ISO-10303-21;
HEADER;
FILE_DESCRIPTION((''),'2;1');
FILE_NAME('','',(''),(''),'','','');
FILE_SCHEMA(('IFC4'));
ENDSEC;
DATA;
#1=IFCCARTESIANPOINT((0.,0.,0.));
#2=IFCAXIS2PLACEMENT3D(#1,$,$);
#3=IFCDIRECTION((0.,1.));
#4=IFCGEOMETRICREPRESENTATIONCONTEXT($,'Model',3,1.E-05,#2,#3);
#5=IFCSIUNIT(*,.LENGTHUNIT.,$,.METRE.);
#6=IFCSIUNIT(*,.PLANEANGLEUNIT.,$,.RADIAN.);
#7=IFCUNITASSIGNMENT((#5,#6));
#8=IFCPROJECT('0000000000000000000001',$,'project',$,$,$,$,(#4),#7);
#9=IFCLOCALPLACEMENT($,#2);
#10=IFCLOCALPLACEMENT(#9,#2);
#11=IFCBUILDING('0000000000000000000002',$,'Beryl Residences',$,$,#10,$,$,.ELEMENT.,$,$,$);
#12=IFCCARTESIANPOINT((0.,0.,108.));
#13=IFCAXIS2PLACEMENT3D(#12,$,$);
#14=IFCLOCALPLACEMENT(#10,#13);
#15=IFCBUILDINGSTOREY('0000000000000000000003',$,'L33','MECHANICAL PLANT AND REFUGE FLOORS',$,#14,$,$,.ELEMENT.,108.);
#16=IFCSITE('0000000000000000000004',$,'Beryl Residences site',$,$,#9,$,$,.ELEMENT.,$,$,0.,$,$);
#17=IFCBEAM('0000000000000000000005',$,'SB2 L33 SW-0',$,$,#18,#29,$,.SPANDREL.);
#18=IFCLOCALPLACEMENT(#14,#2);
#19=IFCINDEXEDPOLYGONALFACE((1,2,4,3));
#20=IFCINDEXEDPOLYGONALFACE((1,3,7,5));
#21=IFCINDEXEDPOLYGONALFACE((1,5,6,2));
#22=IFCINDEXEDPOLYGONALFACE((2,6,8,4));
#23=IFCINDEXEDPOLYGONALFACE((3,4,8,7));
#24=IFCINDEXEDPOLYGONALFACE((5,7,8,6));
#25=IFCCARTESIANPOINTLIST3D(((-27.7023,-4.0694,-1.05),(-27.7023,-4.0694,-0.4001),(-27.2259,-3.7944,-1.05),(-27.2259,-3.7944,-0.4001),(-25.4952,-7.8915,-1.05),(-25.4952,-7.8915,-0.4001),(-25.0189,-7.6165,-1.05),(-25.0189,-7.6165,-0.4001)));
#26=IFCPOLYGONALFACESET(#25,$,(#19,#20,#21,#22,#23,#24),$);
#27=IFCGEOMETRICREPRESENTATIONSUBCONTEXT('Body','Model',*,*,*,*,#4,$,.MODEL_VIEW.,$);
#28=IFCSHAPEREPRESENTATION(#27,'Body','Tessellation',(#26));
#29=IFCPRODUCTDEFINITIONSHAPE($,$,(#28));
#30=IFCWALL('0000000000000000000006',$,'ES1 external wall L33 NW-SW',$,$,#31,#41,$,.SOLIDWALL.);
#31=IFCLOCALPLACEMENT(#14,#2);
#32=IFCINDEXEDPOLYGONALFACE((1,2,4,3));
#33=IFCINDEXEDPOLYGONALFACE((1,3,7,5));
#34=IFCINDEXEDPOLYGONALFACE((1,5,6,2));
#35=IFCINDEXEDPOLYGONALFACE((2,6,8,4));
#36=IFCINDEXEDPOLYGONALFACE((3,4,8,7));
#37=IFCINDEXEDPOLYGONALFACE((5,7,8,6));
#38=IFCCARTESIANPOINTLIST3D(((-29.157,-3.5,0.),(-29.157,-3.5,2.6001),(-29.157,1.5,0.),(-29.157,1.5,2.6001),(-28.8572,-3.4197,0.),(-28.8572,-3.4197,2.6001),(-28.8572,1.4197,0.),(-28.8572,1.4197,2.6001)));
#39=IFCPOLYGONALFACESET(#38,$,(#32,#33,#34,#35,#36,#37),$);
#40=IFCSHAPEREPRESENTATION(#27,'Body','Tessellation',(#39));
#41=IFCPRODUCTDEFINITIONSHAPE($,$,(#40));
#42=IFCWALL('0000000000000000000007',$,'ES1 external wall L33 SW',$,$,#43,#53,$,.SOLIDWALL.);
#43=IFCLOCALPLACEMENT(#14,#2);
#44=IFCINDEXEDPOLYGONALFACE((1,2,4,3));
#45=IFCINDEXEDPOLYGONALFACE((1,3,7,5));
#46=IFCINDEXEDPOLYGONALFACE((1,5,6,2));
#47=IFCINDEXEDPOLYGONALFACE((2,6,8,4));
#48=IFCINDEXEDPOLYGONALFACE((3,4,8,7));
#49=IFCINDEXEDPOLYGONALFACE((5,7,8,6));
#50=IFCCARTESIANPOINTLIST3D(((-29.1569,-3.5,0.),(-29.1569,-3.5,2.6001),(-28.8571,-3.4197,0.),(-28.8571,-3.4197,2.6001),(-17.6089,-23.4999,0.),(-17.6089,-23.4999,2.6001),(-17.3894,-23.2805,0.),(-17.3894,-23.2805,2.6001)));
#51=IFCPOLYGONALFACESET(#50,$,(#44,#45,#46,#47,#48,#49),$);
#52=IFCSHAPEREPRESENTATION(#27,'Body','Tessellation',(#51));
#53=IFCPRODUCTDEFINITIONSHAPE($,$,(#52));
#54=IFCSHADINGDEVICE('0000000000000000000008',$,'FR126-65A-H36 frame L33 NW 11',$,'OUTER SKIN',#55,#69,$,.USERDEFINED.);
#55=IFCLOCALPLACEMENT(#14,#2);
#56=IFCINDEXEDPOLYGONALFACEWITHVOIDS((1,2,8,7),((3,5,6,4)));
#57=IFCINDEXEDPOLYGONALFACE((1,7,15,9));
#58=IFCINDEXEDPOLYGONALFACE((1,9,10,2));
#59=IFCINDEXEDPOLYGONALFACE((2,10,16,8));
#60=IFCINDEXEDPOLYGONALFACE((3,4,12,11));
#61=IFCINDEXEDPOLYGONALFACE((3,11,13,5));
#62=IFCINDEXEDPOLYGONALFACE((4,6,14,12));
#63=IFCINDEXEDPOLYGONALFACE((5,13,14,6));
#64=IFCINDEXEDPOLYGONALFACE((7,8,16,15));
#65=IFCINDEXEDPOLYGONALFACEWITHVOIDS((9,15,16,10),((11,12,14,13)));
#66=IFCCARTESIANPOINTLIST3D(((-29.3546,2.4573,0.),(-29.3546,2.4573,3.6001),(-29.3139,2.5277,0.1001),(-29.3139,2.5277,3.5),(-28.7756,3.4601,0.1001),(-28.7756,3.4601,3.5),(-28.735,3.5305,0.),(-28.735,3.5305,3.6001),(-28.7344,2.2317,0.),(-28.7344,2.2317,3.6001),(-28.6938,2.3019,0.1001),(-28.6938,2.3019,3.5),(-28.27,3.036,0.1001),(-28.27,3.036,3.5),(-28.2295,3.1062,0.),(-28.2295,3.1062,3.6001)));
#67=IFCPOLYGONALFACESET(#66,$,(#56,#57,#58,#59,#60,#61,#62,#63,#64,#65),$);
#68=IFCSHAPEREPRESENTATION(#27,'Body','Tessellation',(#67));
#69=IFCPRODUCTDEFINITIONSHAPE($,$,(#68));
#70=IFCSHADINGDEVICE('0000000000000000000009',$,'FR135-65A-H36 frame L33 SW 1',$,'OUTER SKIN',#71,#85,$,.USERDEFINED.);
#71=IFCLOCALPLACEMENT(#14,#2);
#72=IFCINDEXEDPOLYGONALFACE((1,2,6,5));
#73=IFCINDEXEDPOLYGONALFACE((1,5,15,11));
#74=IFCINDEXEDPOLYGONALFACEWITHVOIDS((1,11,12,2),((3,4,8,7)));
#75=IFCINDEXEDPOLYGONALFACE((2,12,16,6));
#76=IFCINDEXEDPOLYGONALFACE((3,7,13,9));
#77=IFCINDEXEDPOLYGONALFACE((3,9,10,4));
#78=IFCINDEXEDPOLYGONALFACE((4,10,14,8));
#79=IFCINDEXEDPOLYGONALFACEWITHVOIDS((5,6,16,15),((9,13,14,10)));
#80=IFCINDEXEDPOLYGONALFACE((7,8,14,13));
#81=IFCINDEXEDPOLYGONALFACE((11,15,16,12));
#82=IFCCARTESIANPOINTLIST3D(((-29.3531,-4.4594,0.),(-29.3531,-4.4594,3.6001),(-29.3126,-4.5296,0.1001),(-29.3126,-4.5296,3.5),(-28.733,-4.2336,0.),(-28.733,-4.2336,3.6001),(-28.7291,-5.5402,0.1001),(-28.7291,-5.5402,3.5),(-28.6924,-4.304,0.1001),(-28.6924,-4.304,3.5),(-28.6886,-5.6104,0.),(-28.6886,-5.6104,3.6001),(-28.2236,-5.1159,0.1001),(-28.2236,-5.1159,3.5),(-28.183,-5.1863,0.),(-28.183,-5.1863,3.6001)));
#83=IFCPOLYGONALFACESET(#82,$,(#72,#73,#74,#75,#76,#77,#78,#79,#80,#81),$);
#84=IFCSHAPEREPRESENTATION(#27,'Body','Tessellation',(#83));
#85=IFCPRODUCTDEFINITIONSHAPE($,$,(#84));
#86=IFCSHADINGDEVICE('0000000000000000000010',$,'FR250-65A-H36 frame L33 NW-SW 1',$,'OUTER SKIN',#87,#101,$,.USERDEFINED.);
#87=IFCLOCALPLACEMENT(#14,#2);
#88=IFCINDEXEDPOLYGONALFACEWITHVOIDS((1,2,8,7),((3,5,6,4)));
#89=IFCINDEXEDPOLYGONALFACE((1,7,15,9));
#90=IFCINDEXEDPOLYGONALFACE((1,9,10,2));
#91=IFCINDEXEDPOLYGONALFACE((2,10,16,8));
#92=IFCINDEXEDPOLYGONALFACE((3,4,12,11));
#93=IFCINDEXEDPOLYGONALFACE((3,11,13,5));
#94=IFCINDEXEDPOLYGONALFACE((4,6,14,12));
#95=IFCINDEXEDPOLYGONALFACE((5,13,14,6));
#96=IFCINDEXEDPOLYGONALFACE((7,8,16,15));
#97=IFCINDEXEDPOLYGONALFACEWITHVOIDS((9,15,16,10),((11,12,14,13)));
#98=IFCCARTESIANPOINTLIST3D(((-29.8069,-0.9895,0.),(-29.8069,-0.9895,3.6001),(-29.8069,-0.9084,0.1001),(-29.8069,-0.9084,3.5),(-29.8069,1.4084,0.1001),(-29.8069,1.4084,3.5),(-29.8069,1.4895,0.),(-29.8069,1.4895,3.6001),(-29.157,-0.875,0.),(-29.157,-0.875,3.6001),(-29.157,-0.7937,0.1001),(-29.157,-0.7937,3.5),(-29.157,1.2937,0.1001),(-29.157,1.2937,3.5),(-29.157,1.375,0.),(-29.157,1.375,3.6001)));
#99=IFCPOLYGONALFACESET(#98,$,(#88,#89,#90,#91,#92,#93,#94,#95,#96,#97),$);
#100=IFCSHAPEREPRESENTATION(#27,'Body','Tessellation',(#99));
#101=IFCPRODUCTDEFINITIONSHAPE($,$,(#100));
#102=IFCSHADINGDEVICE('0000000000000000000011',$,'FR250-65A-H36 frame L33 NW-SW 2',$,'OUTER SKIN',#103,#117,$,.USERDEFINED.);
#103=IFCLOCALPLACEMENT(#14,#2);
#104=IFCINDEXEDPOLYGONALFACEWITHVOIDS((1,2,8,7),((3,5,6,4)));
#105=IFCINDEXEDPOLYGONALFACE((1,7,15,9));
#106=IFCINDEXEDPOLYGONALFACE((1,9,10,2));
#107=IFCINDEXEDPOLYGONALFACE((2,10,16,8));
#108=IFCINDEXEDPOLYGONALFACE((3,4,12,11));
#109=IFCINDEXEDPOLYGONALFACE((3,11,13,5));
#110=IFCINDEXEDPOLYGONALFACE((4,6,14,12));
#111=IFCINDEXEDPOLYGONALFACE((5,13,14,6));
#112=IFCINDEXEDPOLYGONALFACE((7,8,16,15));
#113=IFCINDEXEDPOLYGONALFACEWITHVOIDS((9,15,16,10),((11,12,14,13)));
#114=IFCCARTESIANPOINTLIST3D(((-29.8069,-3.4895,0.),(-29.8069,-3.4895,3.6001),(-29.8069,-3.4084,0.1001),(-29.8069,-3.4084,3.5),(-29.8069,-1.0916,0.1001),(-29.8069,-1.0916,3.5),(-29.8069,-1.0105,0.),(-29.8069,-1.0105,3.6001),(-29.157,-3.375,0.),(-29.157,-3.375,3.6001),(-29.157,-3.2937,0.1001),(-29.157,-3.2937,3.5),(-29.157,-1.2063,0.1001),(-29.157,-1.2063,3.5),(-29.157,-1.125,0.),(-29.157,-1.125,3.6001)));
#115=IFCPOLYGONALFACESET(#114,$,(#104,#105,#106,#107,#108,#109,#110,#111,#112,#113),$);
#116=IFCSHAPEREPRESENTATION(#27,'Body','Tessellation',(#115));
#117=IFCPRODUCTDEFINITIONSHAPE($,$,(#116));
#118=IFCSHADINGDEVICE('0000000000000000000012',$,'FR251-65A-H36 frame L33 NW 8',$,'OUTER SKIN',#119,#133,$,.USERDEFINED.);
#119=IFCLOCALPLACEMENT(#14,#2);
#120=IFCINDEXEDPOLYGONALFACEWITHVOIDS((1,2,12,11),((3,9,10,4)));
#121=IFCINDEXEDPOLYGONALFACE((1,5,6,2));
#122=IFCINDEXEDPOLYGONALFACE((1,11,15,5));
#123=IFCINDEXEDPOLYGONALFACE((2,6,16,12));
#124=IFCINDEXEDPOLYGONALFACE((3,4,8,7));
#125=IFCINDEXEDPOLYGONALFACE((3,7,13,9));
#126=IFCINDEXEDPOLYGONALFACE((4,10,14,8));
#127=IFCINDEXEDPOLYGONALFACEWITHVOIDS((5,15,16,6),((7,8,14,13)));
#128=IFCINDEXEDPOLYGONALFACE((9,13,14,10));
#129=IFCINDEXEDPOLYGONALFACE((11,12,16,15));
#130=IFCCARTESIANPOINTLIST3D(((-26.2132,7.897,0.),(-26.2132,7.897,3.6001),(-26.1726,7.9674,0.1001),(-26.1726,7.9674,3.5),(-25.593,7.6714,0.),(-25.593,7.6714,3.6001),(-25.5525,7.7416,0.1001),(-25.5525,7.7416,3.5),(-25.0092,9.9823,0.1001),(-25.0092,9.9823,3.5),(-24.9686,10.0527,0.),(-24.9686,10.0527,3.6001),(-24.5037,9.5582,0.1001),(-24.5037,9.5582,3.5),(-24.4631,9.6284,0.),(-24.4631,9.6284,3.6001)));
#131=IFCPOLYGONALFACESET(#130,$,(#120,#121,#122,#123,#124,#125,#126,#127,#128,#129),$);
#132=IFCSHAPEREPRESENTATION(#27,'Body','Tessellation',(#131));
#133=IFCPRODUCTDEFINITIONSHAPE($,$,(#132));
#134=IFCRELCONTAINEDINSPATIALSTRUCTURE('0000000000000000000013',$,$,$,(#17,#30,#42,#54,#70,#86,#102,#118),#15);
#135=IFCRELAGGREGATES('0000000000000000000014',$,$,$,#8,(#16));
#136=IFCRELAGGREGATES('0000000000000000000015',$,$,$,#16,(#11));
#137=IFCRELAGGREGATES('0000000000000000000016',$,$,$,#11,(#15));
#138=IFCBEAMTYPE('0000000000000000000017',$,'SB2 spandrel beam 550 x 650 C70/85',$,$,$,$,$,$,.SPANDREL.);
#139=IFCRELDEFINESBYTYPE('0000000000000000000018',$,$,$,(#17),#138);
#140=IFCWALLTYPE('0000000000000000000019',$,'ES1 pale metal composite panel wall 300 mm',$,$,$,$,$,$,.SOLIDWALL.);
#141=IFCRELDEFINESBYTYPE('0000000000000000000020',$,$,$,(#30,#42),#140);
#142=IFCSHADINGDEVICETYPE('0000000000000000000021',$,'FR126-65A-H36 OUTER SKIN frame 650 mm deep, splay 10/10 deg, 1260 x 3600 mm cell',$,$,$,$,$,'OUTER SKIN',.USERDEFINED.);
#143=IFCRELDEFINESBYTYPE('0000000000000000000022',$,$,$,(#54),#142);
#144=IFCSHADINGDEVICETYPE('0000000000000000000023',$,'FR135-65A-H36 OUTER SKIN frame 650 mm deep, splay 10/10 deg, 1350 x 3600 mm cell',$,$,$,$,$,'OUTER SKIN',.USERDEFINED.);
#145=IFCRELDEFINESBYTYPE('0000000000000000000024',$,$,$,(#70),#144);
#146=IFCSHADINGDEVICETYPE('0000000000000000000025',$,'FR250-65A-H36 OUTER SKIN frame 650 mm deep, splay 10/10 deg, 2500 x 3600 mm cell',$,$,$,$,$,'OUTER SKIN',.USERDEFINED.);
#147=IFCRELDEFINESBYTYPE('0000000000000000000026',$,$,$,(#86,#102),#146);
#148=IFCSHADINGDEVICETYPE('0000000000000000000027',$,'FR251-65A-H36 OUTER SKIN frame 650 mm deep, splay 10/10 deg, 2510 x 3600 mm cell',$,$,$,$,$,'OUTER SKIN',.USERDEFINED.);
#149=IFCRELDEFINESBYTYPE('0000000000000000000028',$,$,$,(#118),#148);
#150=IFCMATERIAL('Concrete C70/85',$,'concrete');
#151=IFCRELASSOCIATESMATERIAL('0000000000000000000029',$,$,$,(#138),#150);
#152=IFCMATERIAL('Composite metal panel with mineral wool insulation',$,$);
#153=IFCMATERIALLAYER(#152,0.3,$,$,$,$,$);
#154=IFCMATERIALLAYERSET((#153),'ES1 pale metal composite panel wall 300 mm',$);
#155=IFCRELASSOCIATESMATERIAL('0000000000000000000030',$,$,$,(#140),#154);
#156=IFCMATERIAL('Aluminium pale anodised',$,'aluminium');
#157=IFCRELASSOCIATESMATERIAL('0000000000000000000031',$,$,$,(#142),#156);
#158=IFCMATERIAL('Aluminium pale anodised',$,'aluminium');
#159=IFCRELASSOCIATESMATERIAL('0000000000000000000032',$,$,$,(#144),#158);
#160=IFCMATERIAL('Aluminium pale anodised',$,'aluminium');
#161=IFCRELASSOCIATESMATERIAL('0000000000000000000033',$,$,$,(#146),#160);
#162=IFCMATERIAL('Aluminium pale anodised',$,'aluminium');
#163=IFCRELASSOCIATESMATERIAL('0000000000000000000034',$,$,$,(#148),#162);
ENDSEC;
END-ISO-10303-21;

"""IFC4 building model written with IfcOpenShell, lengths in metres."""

from ifc_helpers import new_model, entity, si_unit, direction, frame, origin, origin_2d, place, context, subcontext, project, spatial, polyline, rectangle, outline, extrude, source, transform, mapped, material, layer, layer_set, material_profile, profile_set, type_object, type_shapes, element, save


model = new_model("IFC4")

# Units and contexts
model_context = context("Model", 3, precision=1e-05, world=origin(), true_north=direction((0.0, 1.0)))
body_context = subcontext(model_context, "Body", "Model", "MODEL_VIEW")
ifc_project = project(units=[si_unit("LENGTHUNIT", "METRE"), si_unit("PLANEANGLEUNIT", "RADIAN")], contexts=[model_context])

# Site, building, storey
site_placement = place(None, origin())
site = spatial("IfcSite", under=ifc_project, at=site_placement, Name="Beryl Residences site", CompositionType="ELEMENT", RefElevation=0.0)
building_placement = place(site_placement, origin())
building = spatial("IfcBuilding", under=site, at=building_placement, Name="Beryl Residences", CompositionType="ELEMENT")
storey_placement = place(building_placement, frame((0.0, 0.0, 108.0)))
storey = spatial("IfcBuildingStorey", under=building, at=storey_placement, Name="L33", Description="MECHANICAL PLANT AND REFUGE FLOORS", CompositionType="ELEMENT", Elevation=108.0)

# Beam
ifc_material_1 = material(Name="Concrete C70/85", Category="concrete")
ifc_material_profile_1 = material_profile(ifc_material_1, rectangle(XDim=0.55, YDim=0.6499, at=origin_2d()))
ifc_profile_set_1 = profile_set([ifc_material_profile_1], Name="Concrete C70/85")
beam_type = type_object("IfcBeamType", Name="SB2 spandrel beam 550 x 650 C70/85", PredefinedType="SPANDREL", material=ifc_profile_set_1)
beam_1_placement = place(storey_placement, frame((-27.4641, -3.9319, -0.7251), z_axis=(0.500066, -0.865988, 0.0), x_axis=(0.865988, 0.500066, 0.0)))
element("IfcBeam", 1, at=beam_1_placement, inside=storey, type_object=beam_type, Name="SB2 L33 SW-0", PredefinedType="SPANDREL", context=body_context, shape_type="SweptSolid", body=[
    extrude(rectangle(XDim=0.55, YDim=0.6499, at=origin_2d()), origin(), (0.0, 0.0, 1.0), 4.4136),
])

# Walls
ifc_material_2 = material(Name="Composite metal panel with mineral wool insulation")
ifc_layer = layer(ifc_material_2, 0.3)
ifc_layer_set = layer_set([ifc_layer], Name="ES1 pale metal composite panel wall 300 mm")
wall_type = type_object("IfcWallType", Name="ES1 pale metal composite panel wall 300 mm", PredefinedType="SOLIDWALL", material=ifc_layer_set)
wall_1_placement = place(storey_placement, frame((-29.0071, 1.5, 0.0), z_axis=(0.0, 0.0, 1.0), x_axis=(0.0, -1.0, 0.0)))
element("IfcWall", 2, at=wall_1_placement, inside=storey, type_object=wall_type, Name="ES1 external wall L33 NW-SW", PredefinedType="SOLIDWALL", context=body_context, shape_type="SweptSolid", body=[
    extrude(outline(polyline([(0.0, -0.1499), (5.0, -0.1499), (4.9197, 0.1499), (0.0803, 0.1499), (0.0, -0.1499)])), origin(), (0.0, 0.0, 1.0), 2.6001),
])
wall_2_placement = place(storey_placement, frame((-29.0271, -3.425, 0.0), z_axis=(0.0, 0.0, 1.0), x_axis=(0.500035, -0.866005, 0.0)))
element("IfcWall", 3, at=wall_2_placement, inside=storey, type_object=wall_type, Name="ES1 external wall L33 SW", PredefinedType="SOLIDWALL", context=body_context, shape_type="SweptSolid", body=[
    extrude(outline(polyline([(0.0, -0.1499), (23.0945, -0.1499), (23.0142, 0.1499), (0.0803, 0.1499), (0.0, -0.1499)])), origin(), (0.0, 0.0, 1.0), 2.6001),
])

# Shading devices
ifc_material_3 = material(Name="Aluminium pale anodised", Category="aluminium")
shading_device_type_1 = type_object("IfcShadingDeviceType", Name="FR126-65A-H36 OUTER SKIN frame 650 mm deep, splay 10/10 deg, 1260 x 3600 mm cell", ElementType="OUTER SKIN", PredefinedType="USERDEFINED", material=ifc_material_3)
cartesian_point_1 = entity("IfcCartesianPoint", [-0.5049, 0.0])
cartesian_point_2 = entity("IfcCartesianPoint", [-0.4238, 0.1001])
cartesian_point_3 = entity("IfcCartesianPoint", [-0.6196, 0.0])
cartesian_point_4 = entity("IfcCartesianPoint", [-0.5383, 0.1001])
shared_shape_1 = source(origin(), body_context, "Body", "SweptSolid", [
    entity("IfcExtrudedAreaSolidTapered", entity("IfcArbitraryProfileDefWithVoids", "AREA", None, entity("IfcPolyline", [cartesian_point_1, entity("IfcCartesianPoint", [0.5049, 0.0]), entity("IfcCartesianPoint", [0.5049, 3.6001]), entity("IfcCartesianPoint", [-0.5049, 3.6001]), cartesian_point_1]), [entity("IfcPolyline", [cartesian_point_2, entity("IfcCartesianPoint", [0.4238, 0.1001]), entity("IfcCartesianPoint", [0.4238, 3.5]), entity("IfcCartesianPoint", [-0.4238, 3.5]), cartesian_point_2])]), entity("IfcAxis2Placement3D", entity("IfcCartesianPoint", [0.0, 0.0, 0.0]), entity("IfcDirection", [0.0, 1.0, 0.0]), entity("IfcDirection", [-1.0, 0.0, 0.0])), entity("IfcDirection", [0.0, 0.0, 1.0]), 0.6499, entity("IfcArbitraryProfileDefWithVoids", "AREA", None, entity("IfcPolyline", [cartesian_point_3, entity("IfcCartesianPoint", [0.6196, 0.0]), entity("IfcCartesianPoint", [0.6196, 3.6001]), entity("IfcCartesianPoint", [-0.6196, 3.6001]), cartesian_point_3]), [entity("IfcPolyline", [cartesian_point_4, entity("IfcCartesianPoint", [0.5383, 0.1001]), entity("IfcCartesianPoint", [0.5383, 3.5]), entity("IfcCartesianPoint", [-0.5383, 3.5]), cartesian_point_4])])),
])
type_shapes(shading_device_type_1, [shared_shape_1])
shading_device_1_placement = place(storey_placement, frame((-28.4819, 2.6689, 0.0), z_axis=(0.0, 0.0, 1.0), x_axis=(0.5, 0.866025, 0.0)))
element("IfcShadingDevice", 4, at=shading_device_1_placement, inside=storey, type_object=shading_device_type_1, Name="FR126-65A-H36 frame L33 NW 11", ObjectType="OUTER SKIN", PredefinedType="USERDEFINED", context=body_context, shape_type="MappedRepresentation", body=[
    mapped(shared_shape_1, transform((0.0, 0.0, 0.0))),
])
ifc_material_4 = material(Name="Aluminium pale anodised", Category="aluminium")
shading_device_type_2 = type_object("IfcShadingDeviceType", Name="FR135-65A-H36 OUTER SKIN frame 650 mm deep, splay 10/10 deg, 1350 x 3600 mm cell", ElementType="OUTER SKIN", PredefinedType="USERDEFINED", material=ifc_material_4)
cartesian_point_5 = entity("IfcCartesianPoint", [-0.55, 0.0])
cartesian_point_6 = entity("IfcCartesianPoint", [-0.4688, 0.1001])
cartesian_point_7 = entity("IfcCartesianPoint", [-0.6646, 0.0])
cartesian_point_8 = entity("IfcCartesianPoint", [-0.5835, 0.1001])
shared_shape_2 = source(origin(), body_context, "Body", "SweptSolid", [
    entity("IfcExtrudedAreaSolidTapered", entity("IfcArbitraryProfileDefWithVoids", "AREA", None, entity("IfcPolyline", [cartesian_point_5, entity("IfcCartesianPoint", [0.55, 0.0]), entity("IfcCartesianPoint", [0.55, 3.6001]), entity("IfcCartesianPoint", [-0.55, 3.6001]), cartesian_point_5]), [entity("IfcPolyline", [cartesian_point_6, entity("IfcCartesianPoint", [0.4688, 0.1001]), entity("IfcCartesianPoint", [0.4688, 3.5]), entity("IfcCartesianPoint", [-0.4688, 3.5]), cartesian_point_6])]), entity("IfcAxis2Placement3D", entity("IfcCartesianPoint", [0.0, 0.0, 0.0]), entity("IfcDirection", [0.0, 1.0, 0.0]), entity("IfcDirection", [-1.0, 0.0, 0.0])), entity("IfcDirection", [0.0, 0.0, 1.0]), 0.6499, entity("IfcArbitraryProfileDefWithVoids", "AREA", None, entity("IfcPolyline", [cartesian_point_7, entity("IfcCartesianPoint", [0.6646, 0.0]), entity("IfcCartesianPoint", [0.6646, 3.6001]), entity("IfcCartesianPoint", [-0.6646, 3.6001]), cartesian_point_7]), [entity("IfcPolyline", [cartesian_point_8, entity("IfcCartesianPoint", [0.5835, 0.1001]), entity("IfcCartesianPoint", [0.5835, 3.5]), entity("IfcCartesianPoint", [-0.5835, 3.5]), cartesian_point_8])])),
])
type_shapes(shading_device_type_2, [shared_shape_2])
shading_device_2_placement = place(storey_placement, frame((-28.458, -4.71, 0.0), z_axis=(0.0, 0.0, 1.0), x_axis=(-0.5, 0.866025, 0.0)))
element("IfcShadingDevice", 5, at=shading_device_2_placement, inside=storey, type_object=shading_device_type_2, Name="FR135-65A-H36 frame L33 SW 1", ObjectType="OUTER SKIN", PredefinedType="USERDEFINED", context=body_context, shape_type="MappedRepresentation", body=[
    mapped(shared_shape_2, transform((0.0, 0.0, 0.0))),
])
ifc_material_5 = material(Name="Aluminium pale anodised", Category="aluminium")
shading_device_type_3 = type_object("IfcShadingDeviceType", Name="FR250-65A-H36 OUTER SKIN frame 650 mm deep, splay 10/10 deg, 2500 x 3600 mm cell", ElementType="OUTER SKIN", PredefinedType="USERDEFINED", material=ifc_material_5)
cartesian_point_9 = entity("IfcCartesianPoint", [-1.125, 0.0])
cartesian_point_10 = entity("IfcCartesianPoint", [-1.0437, 0.1001])
cartesian_point_11 = entity("IfcCartesianPoint", [-1.2395, 0.0])
cartesian_point_12 = entity("IfcCartesianPoint", [-1.1584, 0.1001])
shared_shape_3 = source(origin(), body_context, "Body", "SweptSolid", [
    entity("IfcExtrudedAreaSolidTapered", entity("IfcArbitraryProfileDefWithVoids", "AREA", None, entity("IfcPolyline", [cartesian_point_9, entity("IfcCartesianPoint", [1.125, 0.0]), entity("IfcCartesianPoint", [1.125, 3.6001]), entity("IfcCartesianPoint", [-1.125, 3.6001]), cartesian_point_9]), [entity("IfcPolyline", [cartesian_point_10, entity("IfcCartesianPoint", [1.0437, 0.1001]), entity("IfcCartesianPoint", [1.0437, 3.5]), entity("IfcCartesianPoint", [-1.0437, 3.5]), cartesian_point_10])]), entity("IfcAxis2Placement3D", entity("IfcCartesianPoint", [0.0, 0.0, 0.0]), entity("IfcDirection", [0.0, 1.0, 0.0]), entity("IfcDirection", [-1.0, 0.0, 0.0])), entity("IfcDirection", [0.0, 0.0, 1.0]), 0.6499, entity("IfcArbitraryProfileDefWithVoids", "AREA", None, entity("IfcPolyline", [cartesian_point_11, entity("IfcCartesianPoint", [1.2395, 0.0]), entity("IfcCartesianPoint", [1.2395, 3.6001]), entity("IfcCartesianPoint", [-1.2395, 3.6001]), cartesian_point_11]), [entity("IfcPolyline", [cartesian_point_12, entity("IfcCartesianPoint", [1.1584, 0.1001]), entity("IfcCartesianPoint", [1.1584, 3.5]), entity("IfcCartesianPoint", [-1.1584, 3.5]), cartesian_point_12])])),
])
type_shapes(shading_device_type_3, [shared_shape_3])
for number, where, z_axis, x_axis, name in (
    (6, (-29.157, 0.25, 0.0), (0.0, 0.0, 1.0), (0.0, 1.0, 0.0), "FR250-65A-H36 frame L33 NW-SW 1"),
    (7, (-29.157, -2.25, 0.0), (0.0, 0.0, 1.0), (0.0, 1.0, 0.0), "FR250-65A-H36 frame L33 NW-SW 2"),
):
    element("IfcShadingDevice", number, at=place(storey_placement, frame(where, z_axis=z_axis, x_axis=x_axis)), inside=storey, type_object=shading_device_type_3, Name=name, ObjectType="OUTER SKIN", PredefinedType="USERDEFINED", context=body_context, shape_type="MappedRepresentation", body=[
        mapped(shared_shape_3, transform((0.0, 0.0, 0.0))),
    ])
ifc_material_6 = material(Name="Aluminium pale anodised", Category="aluminium")
shading_device_type_4 = type_object("IfcShadingDeviceType", Name="FR251-65A-H36 OUTER SKIN frame 650 mm deep, splay 10/10 deg, 2510 x 3600 mm cell", ElementType="OUTER SKIN", PredefinedType="USERDEFINED", material=ifc_material_6)
cartesian_point_13 = entity("IfcCartesianPoint", [-1.1299, 0.0])
cartesian_point_14 = entity("IfcCartesianPoint", [-1.0488, 0.1001])
cartesian_point_15 = entity("IfcCartesianPoint", [-1.2446, 0.0])
cartesian_point_16 = entity("IfcCartesianPoint", [-1.1633, 0.1001])
shared_shape_4 = source(origin(), body_context, "Body", "SweptSolid", [
    entity("IfcExtrudedAreaSolidTapered", entity("IfcArbitraryProfileDefWithVoids", "AREA", None, entity("IfcPolyline", [cartesian_point_13, entity("IfcCartesianPoint", [1.1299, 0.0]), entity("IfcCartesianPoint", [1.1299, 3.6001]), entity("IfcCartesianPoint", [-1.1299, 3.6001]), cartesian_point_13]), [entity("IfcPolyline", [cartesian_point_14, entity("IfcCartesianPoint", [1.0488, 0.1001]), entity("IfcCartesianPoint", [1.0488, 3.5]), entity("IfcCartesianPoint", [-1.0488, 3.5]), cartesian_point_14])]), entity("IfcAxis2Placement3D", entity("IfcCartesianPoint", [0.0, 0.0, 0.0]), entity("IfcDirection", [0.0, 1.0, 0.0]), entity("IfcDirection", [-1.0, 0.0, 0.0])), entity("IfcDirection", [0.0, 0.0, 1.0]), 0.6499, entity("IfcArbitraryProfileDefWithVoids", "AREA", None, entity("IfcPolyline", [cartesian_point_15, entity("IfcCartesianPoint", [1.2446, 0.0]), entity("IfcCartesianPoint", [1.2446, 3.6001]), entity("IfcCartesianPoint", [-1.2446, 3.6001]), cartesian_point_15]), [entity("IfcPolyline", [cartesian_point_16, entity("IfcCartesianPoint", [1.1633, 0.1001]), entity("IfcCartesianPoint", [1.1633, 3.5]), entity("IfcCartesianPoint", [-1.1633, 3.5]), cartesian_point_16])])),
])
type_shapes(shading_device_type_4, [shared_shape_4])
for number, where, z_axis, x_axis, name in (
    (8, (-25.0281, 8.6499, 0.0), (0.0, 0.0, 1.0), (0.5, 0.866025, 0.0), "FR251-65A-H36 frame L33 NW 8"),
):
    element("IfcShadingDevice", number, at=place(storey_placement, frame(where, z_axis=z_axis, x_axis=x_axis)), inside=storey, type_object=shading_device_type_4, Name=name, ObjectType="OUTER SKIN", PredefinedType="USERDEFINED", context=body_context, shape_type="MappedRepresentation", body=[
        mapped(shared_shape_4, transform((0.0, 0.0, 0.0))),
    ])

save(model, "model.ifc")
